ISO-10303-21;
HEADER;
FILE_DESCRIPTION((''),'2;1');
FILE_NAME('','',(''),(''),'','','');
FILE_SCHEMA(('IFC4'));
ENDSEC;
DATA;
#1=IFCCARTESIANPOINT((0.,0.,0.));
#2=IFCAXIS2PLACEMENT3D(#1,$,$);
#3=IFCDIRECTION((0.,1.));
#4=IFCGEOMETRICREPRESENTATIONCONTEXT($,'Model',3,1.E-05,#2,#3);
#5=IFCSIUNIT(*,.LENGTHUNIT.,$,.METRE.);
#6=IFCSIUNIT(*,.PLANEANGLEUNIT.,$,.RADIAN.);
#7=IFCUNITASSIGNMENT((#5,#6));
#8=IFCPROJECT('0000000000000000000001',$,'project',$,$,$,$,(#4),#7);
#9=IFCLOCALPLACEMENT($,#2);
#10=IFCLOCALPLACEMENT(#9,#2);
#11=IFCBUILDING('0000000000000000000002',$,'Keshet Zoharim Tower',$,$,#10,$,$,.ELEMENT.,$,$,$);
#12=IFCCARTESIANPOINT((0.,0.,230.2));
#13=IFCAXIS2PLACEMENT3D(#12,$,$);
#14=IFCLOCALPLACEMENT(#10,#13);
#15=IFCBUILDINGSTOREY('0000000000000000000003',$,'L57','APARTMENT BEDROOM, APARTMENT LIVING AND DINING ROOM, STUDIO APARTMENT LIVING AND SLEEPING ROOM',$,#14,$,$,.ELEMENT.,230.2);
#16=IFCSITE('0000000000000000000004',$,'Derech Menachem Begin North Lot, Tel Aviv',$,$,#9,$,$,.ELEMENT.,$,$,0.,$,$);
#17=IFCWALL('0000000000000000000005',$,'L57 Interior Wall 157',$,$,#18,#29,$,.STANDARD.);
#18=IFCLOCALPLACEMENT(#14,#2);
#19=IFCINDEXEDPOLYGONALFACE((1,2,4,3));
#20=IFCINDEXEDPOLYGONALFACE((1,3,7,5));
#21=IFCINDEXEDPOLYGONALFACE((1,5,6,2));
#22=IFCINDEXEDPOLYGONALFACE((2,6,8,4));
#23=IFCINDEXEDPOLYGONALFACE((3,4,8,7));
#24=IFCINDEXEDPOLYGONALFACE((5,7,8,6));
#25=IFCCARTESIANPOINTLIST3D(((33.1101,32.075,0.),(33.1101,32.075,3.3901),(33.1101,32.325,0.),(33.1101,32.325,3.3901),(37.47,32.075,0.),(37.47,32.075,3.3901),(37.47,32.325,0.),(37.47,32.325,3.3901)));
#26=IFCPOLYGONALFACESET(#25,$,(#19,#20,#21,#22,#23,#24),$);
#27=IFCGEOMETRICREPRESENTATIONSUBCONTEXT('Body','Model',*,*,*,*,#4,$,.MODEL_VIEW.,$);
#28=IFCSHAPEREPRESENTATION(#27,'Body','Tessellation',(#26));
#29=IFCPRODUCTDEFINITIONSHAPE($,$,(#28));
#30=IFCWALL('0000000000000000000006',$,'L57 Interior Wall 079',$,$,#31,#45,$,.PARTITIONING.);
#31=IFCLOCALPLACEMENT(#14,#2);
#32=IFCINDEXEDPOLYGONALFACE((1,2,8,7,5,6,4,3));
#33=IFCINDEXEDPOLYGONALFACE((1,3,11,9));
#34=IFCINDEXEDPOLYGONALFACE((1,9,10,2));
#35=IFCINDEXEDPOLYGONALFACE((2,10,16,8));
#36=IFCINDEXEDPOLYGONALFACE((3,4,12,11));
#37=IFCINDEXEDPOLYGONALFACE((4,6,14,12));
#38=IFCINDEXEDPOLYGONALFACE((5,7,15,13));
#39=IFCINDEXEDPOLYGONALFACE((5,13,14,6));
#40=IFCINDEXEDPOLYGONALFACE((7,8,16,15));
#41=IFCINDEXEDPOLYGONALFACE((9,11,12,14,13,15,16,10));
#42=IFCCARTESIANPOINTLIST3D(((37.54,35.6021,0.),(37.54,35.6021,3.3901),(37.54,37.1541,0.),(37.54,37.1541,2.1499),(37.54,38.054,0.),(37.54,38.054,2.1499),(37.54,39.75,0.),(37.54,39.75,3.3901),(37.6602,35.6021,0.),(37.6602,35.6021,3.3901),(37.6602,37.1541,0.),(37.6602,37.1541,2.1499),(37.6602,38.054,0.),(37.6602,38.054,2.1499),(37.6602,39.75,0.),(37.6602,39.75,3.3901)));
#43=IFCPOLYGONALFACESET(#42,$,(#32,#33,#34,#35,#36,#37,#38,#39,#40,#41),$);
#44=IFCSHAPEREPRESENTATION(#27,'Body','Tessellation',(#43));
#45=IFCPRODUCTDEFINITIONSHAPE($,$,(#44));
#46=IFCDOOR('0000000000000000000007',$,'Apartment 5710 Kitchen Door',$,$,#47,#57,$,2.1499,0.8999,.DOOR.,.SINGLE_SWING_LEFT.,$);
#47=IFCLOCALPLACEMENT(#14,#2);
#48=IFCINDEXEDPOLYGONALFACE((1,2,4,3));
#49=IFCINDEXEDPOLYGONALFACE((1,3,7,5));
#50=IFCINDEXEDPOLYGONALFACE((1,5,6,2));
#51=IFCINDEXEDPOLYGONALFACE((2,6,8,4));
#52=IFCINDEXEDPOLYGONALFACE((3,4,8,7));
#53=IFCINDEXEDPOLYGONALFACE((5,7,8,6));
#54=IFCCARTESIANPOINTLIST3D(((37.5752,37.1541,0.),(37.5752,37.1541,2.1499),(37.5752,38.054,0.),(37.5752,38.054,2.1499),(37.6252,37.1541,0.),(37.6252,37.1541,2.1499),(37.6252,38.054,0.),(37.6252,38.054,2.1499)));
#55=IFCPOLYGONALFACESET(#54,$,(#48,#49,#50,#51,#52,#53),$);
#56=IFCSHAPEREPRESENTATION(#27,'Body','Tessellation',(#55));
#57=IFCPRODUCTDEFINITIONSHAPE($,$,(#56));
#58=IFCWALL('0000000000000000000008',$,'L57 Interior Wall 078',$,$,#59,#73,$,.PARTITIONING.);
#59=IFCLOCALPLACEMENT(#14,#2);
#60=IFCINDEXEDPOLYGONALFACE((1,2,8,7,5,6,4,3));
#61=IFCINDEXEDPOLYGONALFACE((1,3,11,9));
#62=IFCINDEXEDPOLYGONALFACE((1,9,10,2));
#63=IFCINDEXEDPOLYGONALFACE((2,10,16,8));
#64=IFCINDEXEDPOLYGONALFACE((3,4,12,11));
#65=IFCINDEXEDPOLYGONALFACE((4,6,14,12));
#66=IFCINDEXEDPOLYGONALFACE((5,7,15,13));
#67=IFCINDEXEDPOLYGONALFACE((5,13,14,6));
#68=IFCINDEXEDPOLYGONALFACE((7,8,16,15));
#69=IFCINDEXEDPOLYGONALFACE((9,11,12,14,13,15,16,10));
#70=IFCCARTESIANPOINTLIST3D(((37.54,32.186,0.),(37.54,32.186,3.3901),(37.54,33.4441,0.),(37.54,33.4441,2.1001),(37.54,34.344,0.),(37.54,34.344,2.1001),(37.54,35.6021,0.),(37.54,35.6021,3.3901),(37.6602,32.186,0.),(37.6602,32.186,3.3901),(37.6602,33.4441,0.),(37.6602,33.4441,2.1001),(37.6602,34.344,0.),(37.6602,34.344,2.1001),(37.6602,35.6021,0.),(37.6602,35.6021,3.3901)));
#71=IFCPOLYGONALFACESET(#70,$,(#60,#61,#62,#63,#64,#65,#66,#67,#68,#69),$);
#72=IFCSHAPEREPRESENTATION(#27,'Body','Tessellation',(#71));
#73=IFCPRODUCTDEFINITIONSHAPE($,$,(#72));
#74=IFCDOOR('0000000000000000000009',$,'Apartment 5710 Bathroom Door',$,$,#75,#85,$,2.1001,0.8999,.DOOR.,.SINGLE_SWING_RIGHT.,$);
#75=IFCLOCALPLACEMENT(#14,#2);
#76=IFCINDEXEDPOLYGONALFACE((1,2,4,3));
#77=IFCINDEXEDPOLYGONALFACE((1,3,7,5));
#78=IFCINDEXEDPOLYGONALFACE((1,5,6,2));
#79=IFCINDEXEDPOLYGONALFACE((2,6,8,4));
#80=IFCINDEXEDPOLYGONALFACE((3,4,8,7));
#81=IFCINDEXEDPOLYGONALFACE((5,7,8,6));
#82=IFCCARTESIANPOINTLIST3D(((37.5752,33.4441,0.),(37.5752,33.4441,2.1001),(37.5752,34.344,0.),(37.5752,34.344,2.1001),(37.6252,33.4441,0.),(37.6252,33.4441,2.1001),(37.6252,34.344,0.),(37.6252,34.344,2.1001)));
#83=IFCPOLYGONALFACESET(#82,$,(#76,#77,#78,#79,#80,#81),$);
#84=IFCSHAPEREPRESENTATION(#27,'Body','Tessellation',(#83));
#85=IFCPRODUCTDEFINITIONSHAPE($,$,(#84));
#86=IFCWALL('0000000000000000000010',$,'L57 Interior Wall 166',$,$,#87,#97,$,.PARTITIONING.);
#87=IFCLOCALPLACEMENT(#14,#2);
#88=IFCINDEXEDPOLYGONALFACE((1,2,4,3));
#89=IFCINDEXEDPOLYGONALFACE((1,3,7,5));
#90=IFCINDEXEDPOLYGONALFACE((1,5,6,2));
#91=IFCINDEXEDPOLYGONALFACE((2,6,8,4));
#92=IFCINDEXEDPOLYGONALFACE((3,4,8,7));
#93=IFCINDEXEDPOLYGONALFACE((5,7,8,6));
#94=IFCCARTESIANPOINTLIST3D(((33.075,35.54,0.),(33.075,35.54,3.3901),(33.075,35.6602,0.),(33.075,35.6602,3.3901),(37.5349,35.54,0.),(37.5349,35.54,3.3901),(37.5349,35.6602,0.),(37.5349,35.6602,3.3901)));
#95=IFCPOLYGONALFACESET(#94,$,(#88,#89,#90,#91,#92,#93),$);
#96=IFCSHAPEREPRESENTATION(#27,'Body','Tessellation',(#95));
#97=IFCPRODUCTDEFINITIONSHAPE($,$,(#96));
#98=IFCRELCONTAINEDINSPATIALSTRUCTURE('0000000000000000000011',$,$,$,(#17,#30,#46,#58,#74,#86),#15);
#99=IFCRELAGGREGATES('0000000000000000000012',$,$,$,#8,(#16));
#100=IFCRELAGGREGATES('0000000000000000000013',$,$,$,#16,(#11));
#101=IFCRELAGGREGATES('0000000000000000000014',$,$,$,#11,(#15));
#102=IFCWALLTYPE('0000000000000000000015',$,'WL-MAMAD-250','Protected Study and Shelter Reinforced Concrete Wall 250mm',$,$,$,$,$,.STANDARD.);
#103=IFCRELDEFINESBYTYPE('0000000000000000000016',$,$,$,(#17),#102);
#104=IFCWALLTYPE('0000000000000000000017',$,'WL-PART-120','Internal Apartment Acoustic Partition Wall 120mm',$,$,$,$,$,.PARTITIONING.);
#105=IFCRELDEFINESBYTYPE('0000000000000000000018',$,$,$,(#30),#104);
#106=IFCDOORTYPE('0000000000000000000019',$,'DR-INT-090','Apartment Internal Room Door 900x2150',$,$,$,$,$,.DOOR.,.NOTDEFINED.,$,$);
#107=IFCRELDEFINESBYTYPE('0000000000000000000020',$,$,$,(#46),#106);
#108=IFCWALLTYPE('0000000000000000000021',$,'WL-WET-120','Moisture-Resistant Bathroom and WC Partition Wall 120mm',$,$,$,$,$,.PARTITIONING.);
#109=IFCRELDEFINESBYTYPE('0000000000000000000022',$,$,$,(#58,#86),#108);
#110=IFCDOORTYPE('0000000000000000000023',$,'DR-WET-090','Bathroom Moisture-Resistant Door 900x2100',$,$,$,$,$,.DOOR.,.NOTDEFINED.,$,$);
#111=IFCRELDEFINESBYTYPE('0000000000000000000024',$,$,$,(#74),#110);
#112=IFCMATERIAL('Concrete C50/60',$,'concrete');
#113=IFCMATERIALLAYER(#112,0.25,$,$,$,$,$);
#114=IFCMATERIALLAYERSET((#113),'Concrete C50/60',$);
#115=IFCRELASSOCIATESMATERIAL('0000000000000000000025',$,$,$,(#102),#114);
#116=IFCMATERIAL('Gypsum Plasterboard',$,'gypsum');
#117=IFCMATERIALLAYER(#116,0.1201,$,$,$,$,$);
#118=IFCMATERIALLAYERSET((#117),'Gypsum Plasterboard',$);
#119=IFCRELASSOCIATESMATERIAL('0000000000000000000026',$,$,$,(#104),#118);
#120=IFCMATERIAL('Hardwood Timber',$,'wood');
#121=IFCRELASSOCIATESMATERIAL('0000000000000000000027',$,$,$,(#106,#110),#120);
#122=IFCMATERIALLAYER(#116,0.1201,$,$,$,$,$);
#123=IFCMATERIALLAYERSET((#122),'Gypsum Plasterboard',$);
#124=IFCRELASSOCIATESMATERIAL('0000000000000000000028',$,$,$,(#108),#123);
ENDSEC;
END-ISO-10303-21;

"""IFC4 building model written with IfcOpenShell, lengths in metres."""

from ifc_helpers import new_model, si_unit, direction, frame, frame_2d, origin, place, context, subcontext, project, spatial, rectangle, extrude, material, layer, layer_set, type_object, element, fill, save


model = new_model("IFC4")

# Units and contexts
model_context = context("Model", 3, precision=1e-05, world=origin(), true_north=direction((0.0, 1.0)))
body_context = subcontext(model_context, "Body", "Model", "MODEL_VIEW")
ifc_project = project(units=[si_unit("LENGTHUNIT", "METRE"), si_unit("PLANEANGLEUNIT", "RADIAN")], contexts=[model_context])

# Site, building, storey
site_placement = place(None, origin())
site = spatial("IfcSite", under=ifc_project, at=site_placement, Name="Derech Menachem Begin North Lot, Tel Aviv", CompositionType="ELEMENT", RefElevation=0.0)
building_placement = place(site_placement, origin())
building = spatial("IfcBuilding", under=site, at=building_placement, Name="Keshet Zoharim Tower", CompositionType="ELEMENT")
storey_placement = place(building_placement, frame((0.0, 0.0, 230.2)))
storey = spatial("IfcBuildingStorey", under=building, at=storey_placement, Name="L57", Description="APARTMENT BEDROOM, APARTMENT LIVING AND DINING ROOM, STUDIO APARTMENT LIVING AND SLEEPING ROOM", CompositionType="ELEMENT", Elevation=230.2)

# Shared definitions
ifc_material_1 = material(Name="Concrete C50/60", Category="concrete")

# Shared definitions
ifc_material_2 = material(Name="Gypsum Plasterboard", Category="gypsum")

# Shared definitions
ifc_material_3 = material(Name="Hardwood Timber", Category="wood")

# Wall
ifc_layer_1 = layer(ifc_material_1, 0.25)
ifc_layer_set_1 = layer_set([ifc_layer_1], Name="Concrete C50/60")
wall_type_1 = type_object("IfcWallType", Name="WL-MAMAD-250", Description="Protected Study and Shelter Reinforced Concrete Wall 250mm", PredefinedType="STANDARD", material=ifc_layer_set_1)
wall_1_placement = place(storey_placement, frame((33.1101, 32.2, 0.0), z_axis=(0.0, 0.0, 1.0), x_axis=(1.0, 0.0, 0.0)))
element("IfcWall", 1, at=wall_1_placement, inside=storey, type_object=wall_type_1, Name="L57 Interior Wall 157", PredefinedType="STANDARD", context=body_context, shape_type="SweptSolid", body=[
    extrude(rectangle(XDim=4.3599, YDim=0.25, at=frame_2d((2.1799, 0.0))), origin(), (0.0, 0.0, 1.0), 3.3901),
])

# Walls, openings, doors
ifc_layer_2 = layer(ifc_material_2, 0.1201)
ifc_layer_set_2 = layer_set([ifc_layer_2], Name="Gypsum Plasterboard")
wall_type_2 = type_object("IfcWallType", Name="WL-PART-120", Description="Internal Apartment Acoustic Partition Wall 120mm", PredefinedType="PARTITIONING", material=ifc_layer_set_2)
wall_2_placement = place(storey_placement, frame((37.6001, 35.6021, 0.0), z_axis=(0.0, 0.0, 1.0), x_axis=(0.0, 1.0, 0.0)))
wall_2 = element("IfcWall", 2, at=wall_2_placement, inside=storey, type_object=wall_type_2, Name="L57 Interior Wall 079", PredefinedType="PARTITIONING", context=body_context, shape_type="SweptSolid", body=[
    extrude(rectangle(XDim=4.1479, YDim=0.1201, at=frame_2d((2.074, 0.0))), origin(), (0.0, 0.0, 1.0), 3.3901),
])
opening_1_placement = place(wall_2_placement, frame((1.552, 0.0, 0.0)))
opening_1 = element("IfcOpeningElement", 3, at=opening_1_placement, cuts=wall_2, PredefinedType="OPENING", context=body_context, shape_type="SweptSolid", body=[
    extrude(rectangle(XDim=0.8999, YDim=2.1499, at=frame_2d((0.45, 1.075))), frame((0.0, 0.0701, 0.0), z_axis=(0.0, -1.0, 0.0), x_axis=(1.0, 0.0, 0.0)), (0.0, 0.0, 1.0), 0.1401),
])
door_type_1 = type_object("IfcDoorType", Name="DR-INT-090", Description="Apartment Internal Room Door 900x2150", OperationType="NOTDEFINED", PredefinedType="DOOR", material=ifc_material_3)
door_1_placement = place(opening_1_placement, origin())
door_1 = element("IfcDoor", 4, at=door_1_placement, inside=storey, type_object=door_type_1, Name="Apartment 5710 Kitchen Door", OperationType="SINGLE_SWING_LEFT", OverallHeight=2.1499, OverallWidth=0.8999, PredefinedType="DOOR", context=body_context, shape_type="SweptSolid", body=[
    extrude(rectangle(XDim=0.8999, YDim=2.1499, at=frame_2d((0.45, 1.075))), frame((0.0, 0.0249, 0.0), z_axis=(0.0, -1.0, 0.0), x_axis=(1.0, 0.0, 0.0)), (0.0, 0.0, 1.0), 0.05),
])
fill(opening_1, door_1)
ifc_layer_3 = layer(ifc_material_2, 0.1201)
ifc_layer_set_3 = layer_set([ifc_layer_3], Name="Gypsum Plasterboard")
wall_type_3 = type_object("IfcWallType", Name="WL-WET-120", Description="Moisture-Resistant Bathroom and WC Partition Wall 120mm", PredefinedType="PARTITIONING", material=ifc_layer_set_3)
wall_3_placement = place(storey_placement, frame((37.6001, 32.186, 0.0), z_axis=(0.0, 0.0, 1.0), x_axis=(0.0, 1.0, 0.0)))
wall_3 = element("IfcWall", 5, at=wall_3_placement, inside=storey, type_object=wall_type_3, Name="L57 Interior Wall 078", PredefinedType="PARTITIONING", context=body_context, shape_type="SweptSolid", body=[
    extrude(rectangle(XDim=3.416, YDim=0.1201, at=frame_2d((1.708, 0.0))), origin(), (0.0, 0.0, 1.0), 3.3901),
])
opening_2_placement = place(wall_3_placement, frame((1.2581, 0.0, 0.0)))
opening_2 = element("IfcOpeningElement", 6, at=opening_2_placement, cuts=wall_3, PredefinedType="OPENING", context=body_context, shape_type="SweptSolid", body=[
    extrude(rectangle(XDim=0.8999, YDim=2.1001, at=frame_2d((0.45, 1.05))), frame((0.0, 0.0701, 0.0), z_axis=(0.0, -1.0, 0.0), x_axis=(1.0, 0.0, 0.0)), (0.0, 0.0, 1.0), 0.1401),
])
door_type_2 = type_object("IfcDoorType", Name="DR-WET-090", Description="Bathroom Moisture-Resistant Door 900x2100", OperationType="NOTDEFINED", PredefinedType="DOOR", material=ifc_material_3)
door_2_placement = place(opening_2_placement, origin())
door_2 = element("IfcDoor", 7, at=door_2_placement, inside=storey, type_object=door_type_2, Name="Apartment 5710 Bathroom Door", OperationType="SINGLE_SWING_RIGHT", OverallHeight=2.1001, OverallWidth=0.8999, PredefinedType="DOOR", context=body_context, shape_type="SweptSolid", body=[
    extrude(rectangle(XDim=0.8999, YDim=2.1001, at=frame_2d((0.45, 1.05))), frame((0.0, 0.0249, 0.0), z_axis=(0.0, -1.0, 0.0), x_axis=(1.0, 0.0, 0.0)), (0.0, 0.0, 1.0), 0.05),
])
fill(opening_2, door_2)

# Wall
wall_4_placement = place(storey_placement, frame((33.075, 35.6001, 0.0), z_axis=(0.0, 0.0, 1.0), x_axis=(1.0, 0.0, 0.0)))
element("IfcWall", 8, at=wall_4_placement, inside=storey, type_object=wall_type_3, Name="L57 Interior Wall 166", PredefinedType="PARTITIONING", context=body_context, shape_type="SweptSolid", body=[
    extrude(rectangle(XDim=4.46, YDim=0.1201, at=frame_2d((2.23, 0.0))), origin(), (0.0, 0.0, 1.0), 3.3901),
])

save(model, "model.ifc")
